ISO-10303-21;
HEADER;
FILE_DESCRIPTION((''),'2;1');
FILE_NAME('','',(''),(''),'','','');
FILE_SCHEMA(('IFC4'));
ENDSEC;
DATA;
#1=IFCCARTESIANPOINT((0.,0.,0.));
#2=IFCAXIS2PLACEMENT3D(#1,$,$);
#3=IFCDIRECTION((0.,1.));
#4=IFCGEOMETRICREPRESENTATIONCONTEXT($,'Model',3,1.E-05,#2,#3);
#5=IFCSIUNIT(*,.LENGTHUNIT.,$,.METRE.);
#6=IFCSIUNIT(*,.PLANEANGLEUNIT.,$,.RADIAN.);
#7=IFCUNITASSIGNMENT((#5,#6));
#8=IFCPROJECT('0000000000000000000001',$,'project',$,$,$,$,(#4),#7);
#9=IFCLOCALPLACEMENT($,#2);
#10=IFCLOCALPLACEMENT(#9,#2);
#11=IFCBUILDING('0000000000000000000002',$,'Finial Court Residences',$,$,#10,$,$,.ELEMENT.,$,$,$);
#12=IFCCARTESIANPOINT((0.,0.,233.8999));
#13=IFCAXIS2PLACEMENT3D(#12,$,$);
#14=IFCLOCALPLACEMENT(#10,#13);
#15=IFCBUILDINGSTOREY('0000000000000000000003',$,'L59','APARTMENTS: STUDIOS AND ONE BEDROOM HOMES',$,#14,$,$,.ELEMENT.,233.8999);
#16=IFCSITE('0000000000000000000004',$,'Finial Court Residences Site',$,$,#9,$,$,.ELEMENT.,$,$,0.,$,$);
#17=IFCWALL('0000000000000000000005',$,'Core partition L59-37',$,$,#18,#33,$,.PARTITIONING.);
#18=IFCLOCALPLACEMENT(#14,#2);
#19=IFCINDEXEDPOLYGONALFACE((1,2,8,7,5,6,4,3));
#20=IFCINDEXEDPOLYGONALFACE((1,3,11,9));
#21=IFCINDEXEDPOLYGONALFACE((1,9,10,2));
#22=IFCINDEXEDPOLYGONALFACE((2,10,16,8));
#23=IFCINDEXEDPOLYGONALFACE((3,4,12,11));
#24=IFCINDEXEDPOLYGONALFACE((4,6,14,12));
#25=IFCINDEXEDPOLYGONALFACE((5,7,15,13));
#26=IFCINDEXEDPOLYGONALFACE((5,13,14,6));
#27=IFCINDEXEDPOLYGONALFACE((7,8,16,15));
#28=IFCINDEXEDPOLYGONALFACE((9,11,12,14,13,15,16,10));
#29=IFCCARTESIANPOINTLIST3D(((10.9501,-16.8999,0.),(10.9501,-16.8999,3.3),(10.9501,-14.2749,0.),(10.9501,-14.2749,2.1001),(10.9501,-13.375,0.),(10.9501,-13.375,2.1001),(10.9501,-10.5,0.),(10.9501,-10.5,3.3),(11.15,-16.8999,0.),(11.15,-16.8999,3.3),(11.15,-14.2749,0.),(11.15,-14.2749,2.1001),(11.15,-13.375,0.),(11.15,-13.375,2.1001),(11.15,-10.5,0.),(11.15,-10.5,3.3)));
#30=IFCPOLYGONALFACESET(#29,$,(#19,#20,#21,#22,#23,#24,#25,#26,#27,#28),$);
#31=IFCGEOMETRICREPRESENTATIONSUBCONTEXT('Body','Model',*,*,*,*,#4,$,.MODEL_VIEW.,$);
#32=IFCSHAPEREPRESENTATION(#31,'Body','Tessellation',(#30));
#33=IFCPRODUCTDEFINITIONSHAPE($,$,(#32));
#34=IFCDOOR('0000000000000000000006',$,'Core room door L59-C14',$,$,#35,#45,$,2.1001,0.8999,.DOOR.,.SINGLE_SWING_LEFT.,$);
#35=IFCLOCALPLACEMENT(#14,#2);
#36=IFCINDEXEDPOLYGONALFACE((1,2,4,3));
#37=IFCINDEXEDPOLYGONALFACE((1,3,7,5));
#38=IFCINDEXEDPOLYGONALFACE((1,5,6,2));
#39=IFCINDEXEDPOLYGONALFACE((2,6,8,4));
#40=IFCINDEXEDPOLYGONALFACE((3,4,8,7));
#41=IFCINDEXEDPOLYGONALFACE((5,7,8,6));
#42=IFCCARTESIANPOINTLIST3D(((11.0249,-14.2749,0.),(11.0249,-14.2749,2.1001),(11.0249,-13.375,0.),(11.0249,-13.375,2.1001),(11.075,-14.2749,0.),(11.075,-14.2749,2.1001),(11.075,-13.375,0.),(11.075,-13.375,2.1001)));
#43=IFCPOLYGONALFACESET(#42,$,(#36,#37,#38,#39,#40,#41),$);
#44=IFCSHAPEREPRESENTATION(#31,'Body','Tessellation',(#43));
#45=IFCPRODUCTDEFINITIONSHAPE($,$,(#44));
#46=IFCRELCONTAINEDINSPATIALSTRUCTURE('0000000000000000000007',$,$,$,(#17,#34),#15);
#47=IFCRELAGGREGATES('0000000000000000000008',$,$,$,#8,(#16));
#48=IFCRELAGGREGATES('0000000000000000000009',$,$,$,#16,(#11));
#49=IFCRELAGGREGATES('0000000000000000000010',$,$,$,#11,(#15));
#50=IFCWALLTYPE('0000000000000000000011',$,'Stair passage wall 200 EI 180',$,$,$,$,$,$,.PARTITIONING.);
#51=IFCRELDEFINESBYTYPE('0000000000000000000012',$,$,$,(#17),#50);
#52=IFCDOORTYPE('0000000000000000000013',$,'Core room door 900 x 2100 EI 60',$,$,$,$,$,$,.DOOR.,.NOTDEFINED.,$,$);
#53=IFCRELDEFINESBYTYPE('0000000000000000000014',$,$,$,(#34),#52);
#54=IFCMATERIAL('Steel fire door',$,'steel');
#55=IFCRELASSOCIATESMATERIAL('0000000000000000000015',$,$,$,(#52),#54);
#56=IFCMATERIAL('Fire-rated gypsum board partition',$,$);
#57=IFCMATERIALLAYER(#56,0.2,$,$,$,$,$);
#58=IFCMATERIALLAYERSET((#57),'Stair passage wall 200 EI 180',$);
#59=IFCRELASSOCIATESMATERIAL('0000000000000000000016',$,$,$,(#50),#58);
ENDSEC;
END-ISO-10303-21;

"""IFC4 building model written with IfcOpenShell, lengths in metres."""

from ifc_helpers import new_model, si_unit, direction, frame, frame_2d, origin, place, context, subcontext, project, spatial, rectangle, extrude, material, layer, layer_set, type_object, element, fill, save


model = new_model("IFC4")

# Units and contexts
model_context = context("Model", 3, precision=1e-05, world=origin(), true_north=direction((0.0, 1.0)))
body_context = subcontext(model_context, "Body", "Model", "MODEL_VIEW")
ifc_project = project(units=[si_unit("LENGTHUNIT", "METRE"), si_unit("PLANEANGLEUNIT", "RADIAN")], contexts=[model_context])

# Site, building, storey
site_placement = place(None, origin())
site = spatial("IfcSite", under=ifc_project, at=site_placement, Name="Finial Court Residences Site", CompositionType="ELEMENT", RefElevation=0.0)
building_placement = place(site_placement, origin())
building = spatial("IfcBuilding", under=site, at=building_placement, Name="Finial Court Residences", CompositionType="ELEMENT")
storey_placement = place(building_placement, frame((0.0, 0.0, 233.8999)))
storey = spatial("IfcBuildingStorey", under=building, at=storey_placement, Name="L59", Description="APARTMENTS: STUDIOS AND ONE BEDROOM HOMES", CompositionType="ELEMENT", Elevation=233.8999)

# Shared definitions
ifc_material_1 = material(Name="Fire-rated gypsum board partition")

# Shared definitions
ifc_material_2 = material(Name="Steel fire door", Category="steel")
door_type_1 = type_object("IfcDoorType", Name="Core room door 900 x 2100 EI 60", OperationType="NOTDEFINED", PredefinedType="DOOR", material=ifc_material_2)

# Wall, opening, door
ifc_layer_1 = layer(ifc_material_1, 0.2)
ifc_layer_set_1 = layer_set([ifc_layer_1], Name="Stair passage wall 200 EI 180")
wall_type_1 = type_object("IfcWallType", Name="Stair passage wall 200 EI 180", PredefinedType="PARTITIONING", material=ifc_layer_set_1)
wall_1_placement = place(storey_placement, frame((11.05, -10.5, 0.0), z_axis=(0.0, 0.0, 1.0), x_axis=(0.0, -1.0, 0.0)))
wall_1 = element("IfcWall", 1, at=wall_1_placement, inside=storey, type_object=wall_type_1, Name="Core partition L59-37", PredefinedType="PARTITIONING", context=body_context, shape_type="SweptSolid", body=[
    extrude(rectangle(XDim=6.3999, YDim=0.2, at=frame_2d((3.2, 0.0))), origin(), (0.0, 0.0, 1.0), 3.3),
])
opening_1_placement = place(wall_1_placement, frame((2.875, 0.0, 0.0)))
opening_1 = element("IfcOpeningElement", 2, at=opening_1_placement, cuts=wall_1, PredefinedType="OPENING", context=body_context, shape_type="SweptSolid", body=[
    extrude(rectangle(XDim=0.8999, YDim=2.1001, at=frame_2d((0.45, 1.05))), frame((0.0, 0.1099, 0.0), z_axis=(0.0, -1.0, 0.0), x_axis=(1.0, 0.0, 0.0)), (0.0, 0.0, 1.0), 0.22),
])
door_1_placement = place(opening_1_placement, origin())
door_1 = element("IfcDoor", 3, at=door_1_placement, inside=storey, type_object=door_type_1, Name="Core room door L59-C14", OperationType="SINGLE_SWING_LEFT", OverallHeight=2.1001, OverallWidth=0.8999, PredefinedType="DOOR", context=body_context, shape_type="SweptSolid", body=[
    extrude(rectangle(XDim=0.8999, YDim=2.1001, at=frame_2d((0.45, 1.05))), frame((0.0, 0.0249, 0.0), z_axis=(0.0, -1.0, 0.0), x_axis=(1.0, 0.0, 0.0)), (0.0, 0.0, 1.0), 0.05),
])
fill(opening_1, door_1)

save(model, "model.ifc")
